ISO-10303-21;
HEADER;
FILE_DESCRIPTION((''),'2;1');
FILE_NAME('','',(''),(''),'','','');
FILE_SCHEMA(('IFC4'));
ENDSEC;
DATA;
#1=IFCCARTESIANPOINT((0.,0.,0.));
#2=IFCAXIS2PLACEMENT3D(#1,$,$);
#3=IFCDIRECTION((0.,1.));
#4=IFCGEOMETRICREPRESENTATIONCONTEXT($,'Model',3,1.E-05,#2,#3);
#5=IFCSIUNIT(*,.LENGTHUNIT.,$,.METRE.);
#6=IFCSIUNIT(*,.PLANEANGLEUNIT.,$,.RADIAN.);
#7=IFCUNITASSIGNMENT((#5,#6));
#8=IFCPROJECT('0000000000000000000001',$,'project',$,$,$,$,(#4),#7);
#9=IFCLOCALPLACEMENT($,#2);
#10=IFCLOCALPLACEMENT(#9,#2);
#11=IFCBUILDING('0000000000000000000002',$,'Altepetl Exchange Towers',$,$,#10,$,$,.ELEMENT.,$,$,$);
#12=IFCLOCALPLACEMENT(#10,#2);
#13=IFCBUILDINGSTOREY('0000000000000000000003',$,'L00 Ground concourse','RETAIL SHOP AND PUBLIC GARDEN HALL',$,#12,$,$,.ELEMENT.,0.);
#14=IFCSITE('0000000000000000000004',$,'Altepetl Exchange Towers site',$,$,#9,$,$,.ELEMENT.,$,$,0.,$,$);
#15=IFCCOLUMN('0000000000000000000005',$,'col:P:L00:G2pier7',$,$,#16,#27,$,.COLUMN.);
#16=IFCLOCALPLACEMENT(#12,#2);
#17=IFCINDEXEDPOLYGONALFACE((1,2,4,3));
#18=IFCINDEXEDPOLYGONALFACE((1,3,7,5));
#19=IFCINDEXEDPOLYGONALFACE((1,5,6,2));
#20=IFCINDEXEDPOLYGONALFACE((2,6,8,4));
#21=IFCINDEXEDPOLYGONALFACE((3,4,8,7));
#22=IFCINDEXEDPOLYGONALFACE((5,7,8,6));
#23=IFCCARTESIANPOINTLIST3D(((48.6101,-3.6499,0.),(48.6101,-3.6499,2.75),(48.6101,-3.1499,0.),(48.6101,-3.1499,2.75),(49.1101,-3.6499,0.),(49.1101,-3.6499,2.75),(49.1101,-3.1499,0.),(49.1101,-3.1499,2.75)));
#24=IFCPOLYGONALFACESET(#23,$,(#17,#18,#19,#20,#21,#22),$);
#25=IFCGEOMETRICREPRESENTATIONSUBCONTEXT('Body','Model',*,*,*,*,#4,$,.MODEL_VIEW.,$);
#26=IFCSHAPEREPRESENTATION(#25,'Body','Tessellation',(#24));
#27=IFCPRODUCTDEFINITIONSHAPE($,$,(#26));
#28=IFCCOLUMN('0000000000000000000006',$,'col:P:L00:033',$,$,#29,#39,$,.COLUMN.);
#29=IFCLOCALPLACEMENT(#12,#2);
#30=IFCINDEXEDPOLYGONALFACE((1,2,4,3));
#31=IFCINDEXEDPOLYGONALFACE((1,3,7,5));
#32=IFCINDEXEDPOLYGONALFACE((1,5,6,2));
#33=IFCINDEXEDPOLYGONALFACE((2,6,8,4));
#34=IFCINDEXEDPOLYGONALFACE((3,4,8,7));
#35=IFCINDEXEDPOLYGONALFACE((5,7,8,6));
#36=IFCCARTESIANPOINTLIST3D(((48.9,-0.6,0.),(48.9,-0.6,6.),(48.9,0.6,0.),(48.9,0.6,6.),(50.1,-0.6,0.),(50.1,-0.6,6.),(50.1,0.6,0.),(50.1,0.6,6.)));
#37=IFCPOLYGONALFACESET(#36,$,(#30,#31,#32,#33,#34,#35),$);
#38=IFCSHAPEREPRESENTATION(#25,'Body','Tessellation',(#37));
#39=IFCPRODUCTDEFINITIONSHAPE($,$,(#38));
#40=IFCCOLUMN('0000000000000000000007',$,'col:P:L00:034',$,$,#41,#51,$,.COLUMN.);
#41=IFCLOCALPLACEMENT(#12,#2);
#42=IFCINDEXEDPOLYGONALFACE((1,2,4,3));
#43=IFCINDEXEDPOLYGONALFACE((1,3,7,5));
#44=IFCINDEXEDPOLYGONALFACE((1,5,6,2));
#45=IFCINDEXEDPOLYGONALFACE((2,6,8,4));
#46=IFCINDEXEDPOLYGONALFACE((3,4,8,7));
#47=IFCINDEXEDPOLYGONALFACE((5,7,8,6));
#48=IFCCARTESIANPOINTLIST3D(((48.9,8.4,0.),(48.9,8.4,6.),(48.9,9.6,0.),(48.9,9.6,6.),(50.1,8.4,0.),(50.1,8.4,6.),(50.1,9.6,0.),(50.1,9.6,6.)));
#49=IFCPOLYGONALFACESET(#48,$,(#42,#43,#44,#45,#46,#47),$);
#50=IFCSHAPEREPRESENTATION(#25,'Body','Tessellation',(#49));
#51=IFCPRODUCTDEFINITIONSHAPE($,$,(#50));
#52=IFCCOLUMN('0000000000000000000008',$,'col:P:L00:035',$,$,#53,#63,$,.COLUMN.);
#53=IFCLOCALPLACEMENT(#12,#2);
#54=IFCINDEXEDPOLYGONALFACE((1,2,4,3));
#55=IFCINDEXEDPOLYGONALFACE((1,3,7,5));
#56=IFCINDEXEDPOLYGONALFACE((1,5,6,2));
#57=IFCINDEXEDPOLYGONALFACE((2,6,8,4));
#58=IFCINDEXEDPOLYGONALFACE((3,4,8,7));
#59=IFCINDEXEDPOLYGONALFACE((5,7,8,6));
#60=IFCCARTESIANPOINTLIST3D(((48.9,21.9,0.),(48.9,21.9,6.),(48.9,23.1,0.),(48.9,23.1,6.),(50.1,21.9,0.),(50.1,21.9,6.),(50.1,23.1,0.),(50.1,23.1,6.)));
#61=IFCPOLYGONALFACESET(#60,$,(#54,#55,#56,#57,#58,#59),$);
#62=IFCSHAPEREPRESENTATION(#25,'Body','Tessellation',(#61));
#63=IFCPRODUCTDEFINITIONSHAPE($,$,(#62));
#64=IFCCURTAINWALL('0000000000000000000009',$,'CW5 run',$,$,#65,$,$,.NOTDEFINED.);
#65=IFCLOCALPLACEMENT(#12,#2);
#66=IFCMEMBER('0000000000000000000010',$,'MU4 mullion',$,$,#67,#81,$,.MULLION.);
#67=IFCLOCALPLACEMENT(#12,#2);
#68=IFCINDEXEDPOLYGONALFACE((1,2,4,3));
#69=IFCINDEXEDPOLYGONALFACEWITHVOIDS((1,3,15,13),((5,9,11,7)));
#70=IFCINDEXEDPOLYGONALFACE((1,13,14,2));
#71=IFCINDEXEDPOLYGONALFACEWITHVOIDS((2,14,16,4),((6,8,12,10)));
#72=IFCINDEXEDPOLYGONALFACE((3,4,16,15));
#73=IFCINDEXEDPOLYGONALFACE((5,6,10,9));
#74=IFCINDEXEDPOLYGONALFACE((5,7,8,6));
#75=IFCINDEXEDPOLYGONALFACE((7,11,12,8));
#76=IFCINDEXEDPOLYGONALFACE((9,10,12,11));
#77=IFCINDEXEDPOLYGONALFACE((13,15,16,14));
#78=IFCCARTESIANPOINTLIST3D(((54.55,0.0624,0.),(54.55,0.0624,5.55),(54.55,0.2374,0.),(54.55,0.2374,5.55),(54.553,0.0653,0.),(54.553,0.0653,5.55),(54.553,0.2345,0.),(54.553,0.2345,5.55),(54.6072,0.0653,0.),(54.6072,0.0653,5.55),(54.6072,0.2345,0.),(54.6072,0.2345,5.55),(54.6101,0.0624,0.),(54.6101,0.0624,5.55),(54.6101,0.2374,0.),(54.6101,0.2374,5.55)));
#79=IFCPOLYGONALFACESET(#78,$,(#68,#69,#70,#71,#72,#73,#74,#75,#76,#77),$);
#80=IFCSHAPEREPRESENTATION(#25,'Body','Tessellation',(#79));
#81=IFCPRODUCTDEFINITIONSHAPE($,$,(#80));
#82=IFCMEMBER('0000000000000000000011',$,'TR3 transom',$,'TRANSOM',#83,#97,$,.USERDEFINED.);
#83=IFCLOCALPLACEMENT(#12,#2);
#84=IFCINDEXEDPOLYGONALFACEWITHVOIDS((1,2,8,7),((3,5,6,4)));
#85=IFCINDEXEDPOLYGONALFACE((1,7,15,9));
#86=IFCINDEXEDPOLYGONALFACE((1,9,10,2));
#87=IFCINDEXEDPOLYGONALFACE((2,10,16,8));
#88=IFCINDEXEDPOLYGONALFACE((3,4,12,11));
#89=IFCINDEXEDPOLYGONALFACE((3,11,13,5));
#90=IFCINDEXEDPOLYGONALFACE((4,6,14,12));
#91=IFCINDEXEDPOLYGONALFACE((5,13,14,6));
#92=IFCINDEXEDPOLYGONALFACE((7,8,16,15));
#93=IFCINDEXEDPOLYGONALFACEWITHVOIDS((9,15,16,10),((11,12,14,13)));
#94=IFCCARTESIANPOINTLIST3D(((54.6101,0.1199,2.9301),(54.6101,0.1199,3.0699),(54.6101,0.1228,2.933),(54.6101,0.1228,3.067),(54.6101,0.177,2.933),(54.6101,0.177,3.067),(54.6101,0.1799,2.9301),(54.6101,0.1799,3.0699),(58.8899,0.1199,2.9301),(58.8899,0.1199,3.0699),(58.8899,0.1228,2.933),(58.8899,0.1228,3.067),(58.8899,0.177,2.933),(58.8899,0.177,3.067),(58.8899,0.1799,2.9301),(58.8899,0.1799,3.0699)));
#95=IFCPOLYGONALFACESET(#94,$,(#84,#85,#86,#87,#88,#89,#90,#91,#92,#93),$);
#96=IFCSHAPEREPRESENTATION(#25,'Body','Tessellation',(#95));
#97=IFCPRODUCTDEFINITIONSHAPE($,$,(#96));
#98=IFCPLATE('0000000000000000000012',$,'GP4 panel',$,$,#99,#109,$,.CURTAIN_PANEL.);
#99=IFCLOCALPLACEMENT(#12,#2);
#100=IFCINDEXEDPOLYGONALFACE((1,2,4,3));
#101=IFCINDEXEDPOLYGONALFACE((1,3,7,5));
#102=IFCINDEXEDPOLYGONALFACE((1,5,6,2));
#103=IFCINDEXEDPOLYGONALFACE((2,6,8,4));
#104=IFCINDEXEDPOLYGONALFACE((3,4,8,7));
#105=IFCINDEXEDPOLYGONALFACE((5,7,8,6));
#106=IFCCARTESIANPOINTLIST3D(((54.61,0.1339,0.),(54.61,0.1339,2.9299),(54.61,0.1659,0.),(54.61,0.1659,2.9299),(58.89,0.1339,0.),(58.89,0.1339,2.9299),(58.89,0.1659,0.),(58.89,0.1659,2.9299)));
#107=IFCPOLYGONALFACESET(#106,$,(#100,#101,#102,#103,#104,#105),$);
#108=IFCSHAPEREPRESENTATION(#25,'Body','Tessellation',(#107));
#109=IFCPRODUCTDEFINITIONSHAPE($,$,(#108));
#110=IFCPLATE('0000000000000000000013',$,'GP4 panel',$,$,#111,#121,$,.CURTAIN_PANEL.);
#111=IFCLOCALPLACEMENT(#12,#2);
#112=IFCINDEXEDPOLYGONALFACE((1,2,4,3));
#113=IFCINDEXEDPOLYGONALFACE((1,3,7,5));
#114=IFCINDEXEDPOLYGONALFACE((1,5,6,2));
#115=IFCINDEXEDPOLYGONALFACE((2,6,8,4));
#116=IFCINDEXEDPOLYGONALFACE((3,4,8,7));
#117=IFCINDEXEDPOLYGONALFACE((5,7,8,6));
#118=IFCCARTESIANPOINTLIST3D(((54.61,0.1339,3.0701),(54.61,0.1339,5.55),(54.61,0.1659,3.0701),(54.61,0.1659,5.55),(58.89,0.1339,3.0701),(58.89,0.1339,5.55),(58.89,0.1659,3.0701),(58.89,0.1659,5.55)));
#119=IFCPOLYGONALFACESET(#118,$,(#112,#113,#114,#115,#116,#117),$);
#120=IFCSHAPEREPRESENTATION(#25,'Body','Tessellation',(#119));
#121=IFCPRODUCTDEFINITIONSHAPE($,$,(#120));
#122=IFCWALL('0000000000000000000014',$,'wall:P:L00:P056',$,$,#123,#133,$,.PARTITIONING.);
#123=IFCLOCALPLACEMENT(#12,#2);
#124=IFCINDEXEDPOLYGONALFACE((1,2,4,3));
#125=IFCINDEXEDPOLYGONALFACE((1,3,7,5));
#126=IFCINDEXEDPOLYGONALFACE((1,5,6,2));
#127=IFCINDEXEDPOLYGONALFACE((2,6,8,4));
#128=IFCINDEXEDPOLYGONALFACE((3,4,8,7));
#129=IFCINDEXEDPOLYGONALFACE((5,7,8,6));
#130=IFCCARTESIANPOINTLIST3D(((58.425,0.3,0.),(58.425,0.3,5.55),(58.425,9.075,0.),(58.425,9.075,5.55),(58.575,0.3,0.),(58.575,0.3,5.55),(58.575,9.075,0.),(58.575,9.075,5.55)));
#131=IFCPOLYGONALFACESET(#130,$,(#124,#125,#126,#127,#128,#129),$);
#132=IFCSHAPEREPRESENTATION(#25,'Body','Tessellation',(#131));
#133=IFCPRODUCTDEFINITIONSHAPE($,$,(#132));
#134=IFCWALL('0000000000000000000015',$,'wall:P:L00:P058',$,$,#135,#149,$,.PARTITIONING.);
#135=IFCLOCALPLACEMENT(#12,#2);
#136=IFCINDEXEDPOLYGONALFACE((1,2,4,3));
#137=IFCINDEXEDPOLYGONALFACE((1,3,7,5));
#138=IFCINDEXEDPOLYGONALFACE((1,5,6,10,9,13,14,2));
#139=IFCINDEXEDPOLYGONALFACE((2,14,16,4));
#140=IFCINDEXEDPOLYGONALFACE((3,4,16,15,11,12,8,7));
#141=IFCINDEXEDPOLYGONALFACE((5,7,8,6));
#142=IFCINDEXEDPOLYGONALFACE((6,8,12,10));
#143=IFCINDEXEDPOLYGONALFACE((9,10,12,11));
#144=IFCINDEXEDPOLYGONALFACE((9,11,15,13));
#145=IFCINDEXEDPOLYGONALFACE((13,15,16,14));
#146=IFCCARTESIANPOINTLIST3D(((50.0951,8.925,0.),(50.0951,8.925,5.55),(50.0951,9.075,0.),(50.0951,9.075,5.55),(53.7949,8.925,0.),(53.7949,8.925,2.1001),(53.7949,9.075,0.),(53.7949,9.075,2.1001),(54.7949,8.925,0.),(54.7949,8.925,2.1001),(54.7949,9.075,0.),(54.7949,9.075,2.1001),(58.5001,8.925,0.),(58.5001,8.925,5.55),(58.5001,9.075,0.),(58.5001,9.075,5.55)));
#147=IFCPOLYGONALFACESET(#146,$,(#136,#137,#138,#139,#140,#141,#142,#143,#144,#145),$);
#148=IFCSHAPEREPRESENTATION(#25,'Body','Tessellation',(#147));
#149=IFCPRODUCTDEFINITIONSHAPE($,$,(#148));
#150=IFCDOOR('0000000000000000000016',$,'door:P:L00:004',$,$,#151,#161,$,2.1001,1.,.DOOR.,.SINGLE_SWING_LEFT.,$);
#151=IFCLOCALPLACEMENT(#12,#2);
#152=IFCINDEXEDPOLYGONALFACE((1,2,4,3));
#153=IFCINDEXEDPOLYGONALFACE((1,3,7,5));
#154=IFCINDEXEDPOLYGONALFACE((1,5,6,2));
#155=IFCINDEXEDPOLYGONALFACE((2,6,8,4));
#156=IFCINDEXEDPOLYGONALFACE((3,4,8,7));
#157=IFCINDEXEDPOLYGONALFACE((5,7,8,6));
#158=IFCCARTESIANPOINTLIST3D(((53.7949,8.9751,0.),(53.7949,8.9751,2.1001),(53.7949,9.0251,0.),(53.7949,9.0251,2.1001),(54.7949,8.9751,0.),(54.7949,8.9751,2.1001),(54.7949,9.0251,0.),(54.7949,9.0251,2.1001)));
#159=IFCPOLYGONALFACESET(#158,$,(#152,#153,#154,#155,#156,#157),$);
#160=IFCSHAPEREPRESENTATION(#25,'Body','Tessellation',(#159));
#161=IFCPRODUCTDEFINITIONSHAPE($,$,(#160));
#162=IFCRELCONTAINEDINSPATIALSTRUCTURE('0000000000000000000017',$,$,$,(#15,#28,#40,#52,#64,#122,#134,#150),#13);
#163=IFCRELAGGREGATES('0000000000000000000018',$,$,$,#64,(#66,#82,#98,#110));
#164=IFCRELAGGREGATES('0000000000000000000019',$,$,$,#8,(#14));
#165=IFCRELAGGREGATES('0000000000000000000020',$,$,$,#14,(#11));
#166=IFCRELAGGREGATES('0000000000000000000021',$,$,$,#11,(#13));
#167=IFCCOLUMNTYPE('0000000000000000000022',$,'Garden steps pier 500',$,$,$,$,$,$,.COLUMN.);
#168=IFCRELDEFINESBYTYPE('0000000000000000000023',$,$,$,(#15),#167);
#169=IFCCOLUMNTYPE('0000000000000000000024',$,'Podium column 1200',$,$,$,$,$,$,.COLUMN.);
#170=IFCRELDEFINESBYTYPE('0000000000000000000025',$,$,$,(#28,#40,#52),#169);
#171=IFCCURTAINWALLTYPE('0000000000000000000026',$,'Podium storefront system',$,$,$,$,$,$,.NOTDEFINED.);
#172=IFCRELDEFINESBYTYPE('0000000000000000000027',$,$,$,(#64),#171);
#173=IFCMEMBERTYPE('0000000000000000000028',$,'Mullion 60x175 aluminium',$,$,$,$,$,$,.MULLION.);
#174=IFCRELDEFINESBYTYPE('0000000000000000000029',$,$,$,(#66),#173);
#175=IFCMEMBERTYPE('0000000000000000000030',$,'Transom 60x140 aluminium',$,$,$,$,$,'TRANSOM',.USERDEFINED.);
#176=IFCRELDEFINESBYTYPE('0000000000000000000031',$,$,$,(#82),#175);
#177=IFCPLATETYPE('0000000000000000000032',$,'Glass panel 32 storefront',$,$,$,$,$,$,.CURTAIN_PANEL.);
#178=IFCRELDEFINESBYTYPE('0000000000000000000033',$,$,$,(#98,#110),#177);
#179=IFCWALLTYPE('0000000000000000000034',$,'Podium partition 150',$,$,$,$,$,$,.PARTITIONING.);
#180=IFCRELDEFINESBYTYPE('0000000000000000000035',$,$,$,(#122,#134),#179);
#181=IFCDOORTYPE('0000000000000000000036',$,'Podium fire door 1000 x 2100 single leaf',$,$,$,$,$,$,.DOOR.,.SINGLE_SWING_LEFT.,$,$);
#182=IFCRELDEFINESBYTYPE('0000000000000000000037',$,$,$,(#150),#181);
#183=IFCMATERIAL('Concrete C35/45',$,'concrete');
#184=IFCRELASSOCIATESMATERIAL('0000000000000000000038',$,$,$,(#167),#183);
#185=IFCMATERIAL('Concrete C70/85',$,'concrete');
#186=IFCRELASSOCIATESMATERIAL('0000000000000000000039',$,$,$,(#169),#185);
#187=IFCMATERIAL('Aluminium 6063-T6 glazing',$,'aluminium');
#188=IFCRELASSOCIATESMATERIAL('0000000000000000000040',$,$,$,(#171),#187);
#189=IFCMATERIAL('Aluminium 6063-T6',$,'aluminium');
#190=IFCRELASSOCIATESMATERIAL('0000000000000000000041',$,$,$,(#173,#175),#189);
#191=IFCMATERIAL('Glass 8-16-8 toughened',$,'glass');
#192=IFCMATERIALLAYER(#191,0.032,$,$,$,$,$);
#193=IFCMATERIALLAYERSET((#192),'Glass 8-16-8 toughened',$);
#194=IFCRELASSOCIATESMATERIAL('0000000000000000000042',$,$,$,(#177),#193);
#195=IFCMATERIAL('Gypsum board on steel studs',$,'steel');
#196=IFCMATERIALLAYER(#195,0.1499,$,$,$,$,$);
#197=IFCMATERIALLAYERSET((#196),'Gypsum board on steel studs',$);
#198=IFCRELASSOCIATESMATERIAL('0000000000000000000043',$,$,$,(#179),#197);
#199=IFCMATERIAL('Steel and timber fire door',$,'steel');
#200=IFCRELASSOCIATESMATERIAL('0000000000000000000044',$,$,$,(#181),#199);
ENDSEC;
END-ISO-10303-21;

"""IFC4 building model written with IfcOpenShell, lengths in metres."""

from ifc_helpers import new_model, si_unit, direction, frame, frame_2d, origin, origin_2d, place, context, subcontext, project, spatial, rectangle, hollow_rectangle, extrude, material, layer, layer_set, material_profile, profile_set, type_object, element, fill, aggregate, save


model = new_model("IFC4")

# Units and contexts
model_context = context("Model", 3, precision=1e-05, world=origin(), true_north=direction((0.0, 1.0)))
body_context = subcontext(model_context, "Body", "Model", "MODEL_VIEW")
ifc_project = project(units=[si_unit("LENGTHUNIT", "METRE"), si_unit("PLANEANGLEUNIT", "RADIAN")], contexts=[model_context])

# Site, building, storey
site_placement = place(None, origin())
site = spatial("IfcSite", under=ifc_project, at=site_placement, Name="Altepetl Exchange Towers site", CompositionType="ELEMENT", RefElevation=0.0)
building_placement = place(site_placement, origin())
building = spatial("IfcBuilding", under=site, at=building_placement, Name="Altepetl Exchange Towers", CompositionType="ELEMENT")
storey_placement = place(building_placement, origin())
storey = spatial("IfcBuildingStorey", under=building, at=storey_placement, Name="L00 Ground concourse", Description="RETAIL SHOP AND PUBLIC GARDEN HALL", CompositionType="ELEMENT", Elevation=0.0)

# Columns
ifc_material_1 = material(Name="Concrete C35/45", Category="concrete")
ifc_material_profile_1 = material_profile(ifc_material_1, rectangle(XDim=0.5, YDim=0.5, at=origin_2d()), Name="500 x 500")
ifc_profile_set_1 = profile_set([ifc_material_profile_1], Name="Concrete C35/45")
column_type_1 = type_object("IfcColumnType", Name="Garden steps pier 500", PredefinedType="COLUMN", material=ifc_profile_set_1)
column_placement = place(storey_placement, frame((48.8601, -3.3999, 0.0)))
element("IfcColumn", 1, at=column_placement, inside=storey, type_object=column_type_1, Name="col:P:L00:G2pier7", PredefinedType="COLUMN", context=body_context, shape_type="SweptSolid", body=[
    extrude(rectangle(XDim=0.5, YDim=0.5, at=origin_2d()), origin(), (0.0, 0.0, 1.0), 2.75),
])
ifc_material_2 = material(Name="Concrete C70/85", Category="concrete")
ifc_material_profile_2 = material_profile(ifc_material_2, rectangle(XDim=1.2, YDim=1.2, at=origin_2d()), Name="1200 x 1200")
ifc_profile_set_2 = profile_set([ifc_material_profile_2], Name="Concrete C70/85")
column_type_2 = type_object("IfcColumnType", Name="Podium column 1200", PredefinedType="COLUMN", material=ifc_profile_set_2)
for number, where, name in (
    (2, (49.5, 0.0, 0.0), "col:P:L00:033"),
    (3, (49.5, 9.0, 0.0), "col:P:L00:034"),
    (4, (49.5, 22.5, 0.0), "col:P:L00:035"),
):
    element("IfcColumn", number, at=place(storey_placement, frame(where)), inside=storey, type_object=column_type_2, Name=name, PredefinedType="COLUMN", context=body_context, shape_type="SweptSolid", body=[
        extrude(rectangle(XDim=1.2, YDim=1.2, at=origin_2d()), origin(), (0.0, 0.0, 1.0), 6.0),
    ])

# Curtain wall, members, plates
ifc_material_3 = material(Name="Aluminium 6063-T6 glazing", Category="aluminium")
curtain_wall_type = type_object("IfcCurtainWallType", Name="Podium storefront system", PredefinedType="NOTDEFINED", material=ifc_material_3)
curtain_wall_placement = place(storey_placement, origin())
curtain_wall = element("IfcCurtainWall", 5, at=curtain_wall_placement, inside=storey, type_object=curtain_wall_type, Name="CW5 run", PredefinedType="NOTDEFINED")
ifc_material_4 = material(Name="Aluminium 6063-T6", Category="aluminium")
ifc_material_profile_3 = material_profile(ifc_material_4, hollow_rectangle(XDim=0.0601, YDim=0.175, WallThickness=0.0029, at=origin_2d()), Name="Mullion 60x175 aluminium")
ifc_profile_set_3 = profile_set([ifc_material_profile_3], Name="Aluminium 6063-T6")
member_type_1 = type_object("IfcMemberType", Name="Mullion 60x175 aluminium", PredefinedType="MULLION", material=ifc_profile_set_3)
member_1_placement = place(storey_placement, frame((54.5801, 0.1499, 0.0)))
member_1 = element("IfcMember", 6, at=member_1_placement, type_object=member_type_1, Name="MU4 mullion", PredefinedType="MULLION", context=body_context, shape_type="SweptSolid", body=[
    extrude(hollow_rectangle(XDim=0.0601, YDim=0.175, WallThickness=0.0029, at=origin_2d()), origin(), (0.0, 0.0, 1.0), 5.55),
])
ifc_material_profile_4 = material_profile(ifc_material_4, hollow_rectangle(XDim=0.0601, YDim=0.1399, WallThickness=0.0029, at=origin_2d()), Name="Transom 60x140 aluminium")
ifc_profile_set_4 = profile_set([ifc_material_profile_4], Name="Aluminium 6063-T6")
member_type_2 = type_object("IfcMemberType", Name="Transom 60x140 aluminium", ElementType="TRANSOM", PredefinedType="USERDEFINED", material=ifc_profile_set_4)
member_2_placement = place(storey_placement, frame((54.6101, 0.1499, 3.0), z_axis=(1.0, 0.0, 0.0), x_axis=(0.0, 1.0, 0.0)))
member_2 = element("IfcMember", 7, at=member_2_placement, type_object=member_type_2, Name="TR3 transom", ObjectType="TRANSOM", PredefinedType="USERDEFINED", context=body_context, shape_type="SweptSolid", body=[
    extrude(hollow_rectangle(XDim=0.0601, YDim=0.1399, WallThickness=0.0029, at=origin_2d()), origin(), (0.0, 0.0, 1.0), 4.2798),
])
ifc_material_5 = material(Name="Glass 8-16-8 toughened", Category="glass")
ifc_layer_1 = layer(ifc_material_5, 0.032)
ifc_layer_set_1 = layer_set([ifc_layer_1], Name="Glass 8-16-8 toughened")
plate_type = type_object("IfcPlateType", Name="Glass panel 32 storefront", PredefinedType="CURTAIN_PANEL", material=ifc_layer_set_1)
plate_1_placement = place(storey_placement, frame((56.75, 0.1499, 0.0)))
plate_1 = element("IfcPlate", 8, at=plate_1_placement, type_object=plate_type, Name="GP4 panel", PredefinedType="CURTAIN_PANEL", context=body_context, shape_type="SweptSolid", body=[
    extrude(rectangle(XDim=4.28, YDim=0.032, at=origin_2d()), origin(), (0.0, 0.0, 1.0), 2.9299),
])
plate_2_placement = place(storey_placement, frame((56.75, 0.1499, 3.0701)))
plate_2 = element("IfcPlate", 9, at=plate_2_placement, type_object=plate_type, Name="GP4 panel", PredefinedType="CURTAIN_PANEL", context=body_context, shape_type="SweptSolid", body=[
    extrude(rectangle(XDim=4.28, YDim=0.032, at=origin_2d()), origin(), (0.0, 0.0, 1.0), 2.48),
])
aggregate(curtain_wall, [member_1, member_2, plate_1, plate_2])

# Wall
ifc_material_6 = material(Name="Gypsum board on steel studs", Category="steel")
ifc_layer_2 = layer(ifc_material_6, 0.1499)
ifc_layer_set_2 = layer_set([ifc_layer_2], Name="Gypsum board on steel studs")
wall_type_1 = type_object("IfcWallType", Name="Podium partition 150", PredefinedType="PARTITIONING", material=ifc_layer_set_2)
wall_1_placement = place(storey_placement, frame((58.5, 0.3, 0.0), z_axis=(0.0, 0.0, 1.0), x_axis=(0.0, 1.0, 0.0)))
element("IfcWall", 10, at=wall_1_placement, inside=storey, type_object=wall_type_1, Name="wall:P:L00:P056", PredefinedType="PARTITIONING", context=body_context, shape_type="SweptSolid", body=[
    extrude(rectangle(XDim=8.7749, YDim=0.1499, at=frame_2d((4.3875, 0.0))), origin(), (0.0, 0.0, 1.0), 5.55),
])

# Wall, opening, door
wall_2_placement = place(storey_placement, frame((50.095, 9.0, 0.0)))
wall_2 = element("IfcWall", 11, at=wall_2_placement, inside=storey, type_object=wall_type_1, Name="wall:P:L00:P058", PredefinedType="PARTITIONING", context=body_context, shape_type="SweptSolid", body=[
    extrude(rectangle(XDim=8.405, YDim=0.1499, at=frame_2d((4.2026, 0.0))), origin(), (0.0, 0.0, 1.0), 5.55),
])
opening_1_placement = place(wall_2_placement, frame((3.7, 0.0, 0.0)))
opening_1 = element("IfcOpeningElement", 12, at=opening_1_placement, cuts=wall_2, PredefinedType="OPENING", context=body_context, shape_type="SweptSolid", body=[
    extrude(rectangle(XDim=1.0, YDim=2.1001, at=frame_2d((0.5, 1.05))), frame((0.0, 0.085, 0.0), z_axis=(0.0, -1.0, 0.0), x_axis=(1.0, 0.0, 0.0)), (0.0, 0.0, 1.0), 0.1699),
])
ifc_material_7 = material(Name="Steel and timber fire door", Category="steel")
door_type = type_object("IfcDoorType", Name="Podium fire door 1000 x 2100 single leaf", OperationType="SINGLE_SWING_LEFT", PredefinedType="DOOR", material=ifc_material_7)
door_1_placement = place(opening_1_placement, frame((1.0, 0.0, 0.0), x_axis=(-1.0, 0.0, 0.0)))
door_1 = element("IfcDoor", 13, at=door_1_placement, inside=storey, type_object=door_type, Name="door:P:L00:004", OperationType="SINGLE_SWING_LEFT", OverallHeight=2.1001, OverallWidth=1.0, PredefinedType="DOOR", context=body_context, shape_type="SweptSolid", body=[
    extrude(rectangle(XDim=1.0, YDim=2.1001, at=frame_2d((0.5, 1.05))), frame((0.0, 0.0249, 0.0), z_axis=(0.0, -1.0, 0.0), x_axis=(1.0, 0.0, 0.0)), (0.0, 0.0, 1.0), 0.05),
])
fill(opening_1, door_1)

save(model, "model.ifc")
